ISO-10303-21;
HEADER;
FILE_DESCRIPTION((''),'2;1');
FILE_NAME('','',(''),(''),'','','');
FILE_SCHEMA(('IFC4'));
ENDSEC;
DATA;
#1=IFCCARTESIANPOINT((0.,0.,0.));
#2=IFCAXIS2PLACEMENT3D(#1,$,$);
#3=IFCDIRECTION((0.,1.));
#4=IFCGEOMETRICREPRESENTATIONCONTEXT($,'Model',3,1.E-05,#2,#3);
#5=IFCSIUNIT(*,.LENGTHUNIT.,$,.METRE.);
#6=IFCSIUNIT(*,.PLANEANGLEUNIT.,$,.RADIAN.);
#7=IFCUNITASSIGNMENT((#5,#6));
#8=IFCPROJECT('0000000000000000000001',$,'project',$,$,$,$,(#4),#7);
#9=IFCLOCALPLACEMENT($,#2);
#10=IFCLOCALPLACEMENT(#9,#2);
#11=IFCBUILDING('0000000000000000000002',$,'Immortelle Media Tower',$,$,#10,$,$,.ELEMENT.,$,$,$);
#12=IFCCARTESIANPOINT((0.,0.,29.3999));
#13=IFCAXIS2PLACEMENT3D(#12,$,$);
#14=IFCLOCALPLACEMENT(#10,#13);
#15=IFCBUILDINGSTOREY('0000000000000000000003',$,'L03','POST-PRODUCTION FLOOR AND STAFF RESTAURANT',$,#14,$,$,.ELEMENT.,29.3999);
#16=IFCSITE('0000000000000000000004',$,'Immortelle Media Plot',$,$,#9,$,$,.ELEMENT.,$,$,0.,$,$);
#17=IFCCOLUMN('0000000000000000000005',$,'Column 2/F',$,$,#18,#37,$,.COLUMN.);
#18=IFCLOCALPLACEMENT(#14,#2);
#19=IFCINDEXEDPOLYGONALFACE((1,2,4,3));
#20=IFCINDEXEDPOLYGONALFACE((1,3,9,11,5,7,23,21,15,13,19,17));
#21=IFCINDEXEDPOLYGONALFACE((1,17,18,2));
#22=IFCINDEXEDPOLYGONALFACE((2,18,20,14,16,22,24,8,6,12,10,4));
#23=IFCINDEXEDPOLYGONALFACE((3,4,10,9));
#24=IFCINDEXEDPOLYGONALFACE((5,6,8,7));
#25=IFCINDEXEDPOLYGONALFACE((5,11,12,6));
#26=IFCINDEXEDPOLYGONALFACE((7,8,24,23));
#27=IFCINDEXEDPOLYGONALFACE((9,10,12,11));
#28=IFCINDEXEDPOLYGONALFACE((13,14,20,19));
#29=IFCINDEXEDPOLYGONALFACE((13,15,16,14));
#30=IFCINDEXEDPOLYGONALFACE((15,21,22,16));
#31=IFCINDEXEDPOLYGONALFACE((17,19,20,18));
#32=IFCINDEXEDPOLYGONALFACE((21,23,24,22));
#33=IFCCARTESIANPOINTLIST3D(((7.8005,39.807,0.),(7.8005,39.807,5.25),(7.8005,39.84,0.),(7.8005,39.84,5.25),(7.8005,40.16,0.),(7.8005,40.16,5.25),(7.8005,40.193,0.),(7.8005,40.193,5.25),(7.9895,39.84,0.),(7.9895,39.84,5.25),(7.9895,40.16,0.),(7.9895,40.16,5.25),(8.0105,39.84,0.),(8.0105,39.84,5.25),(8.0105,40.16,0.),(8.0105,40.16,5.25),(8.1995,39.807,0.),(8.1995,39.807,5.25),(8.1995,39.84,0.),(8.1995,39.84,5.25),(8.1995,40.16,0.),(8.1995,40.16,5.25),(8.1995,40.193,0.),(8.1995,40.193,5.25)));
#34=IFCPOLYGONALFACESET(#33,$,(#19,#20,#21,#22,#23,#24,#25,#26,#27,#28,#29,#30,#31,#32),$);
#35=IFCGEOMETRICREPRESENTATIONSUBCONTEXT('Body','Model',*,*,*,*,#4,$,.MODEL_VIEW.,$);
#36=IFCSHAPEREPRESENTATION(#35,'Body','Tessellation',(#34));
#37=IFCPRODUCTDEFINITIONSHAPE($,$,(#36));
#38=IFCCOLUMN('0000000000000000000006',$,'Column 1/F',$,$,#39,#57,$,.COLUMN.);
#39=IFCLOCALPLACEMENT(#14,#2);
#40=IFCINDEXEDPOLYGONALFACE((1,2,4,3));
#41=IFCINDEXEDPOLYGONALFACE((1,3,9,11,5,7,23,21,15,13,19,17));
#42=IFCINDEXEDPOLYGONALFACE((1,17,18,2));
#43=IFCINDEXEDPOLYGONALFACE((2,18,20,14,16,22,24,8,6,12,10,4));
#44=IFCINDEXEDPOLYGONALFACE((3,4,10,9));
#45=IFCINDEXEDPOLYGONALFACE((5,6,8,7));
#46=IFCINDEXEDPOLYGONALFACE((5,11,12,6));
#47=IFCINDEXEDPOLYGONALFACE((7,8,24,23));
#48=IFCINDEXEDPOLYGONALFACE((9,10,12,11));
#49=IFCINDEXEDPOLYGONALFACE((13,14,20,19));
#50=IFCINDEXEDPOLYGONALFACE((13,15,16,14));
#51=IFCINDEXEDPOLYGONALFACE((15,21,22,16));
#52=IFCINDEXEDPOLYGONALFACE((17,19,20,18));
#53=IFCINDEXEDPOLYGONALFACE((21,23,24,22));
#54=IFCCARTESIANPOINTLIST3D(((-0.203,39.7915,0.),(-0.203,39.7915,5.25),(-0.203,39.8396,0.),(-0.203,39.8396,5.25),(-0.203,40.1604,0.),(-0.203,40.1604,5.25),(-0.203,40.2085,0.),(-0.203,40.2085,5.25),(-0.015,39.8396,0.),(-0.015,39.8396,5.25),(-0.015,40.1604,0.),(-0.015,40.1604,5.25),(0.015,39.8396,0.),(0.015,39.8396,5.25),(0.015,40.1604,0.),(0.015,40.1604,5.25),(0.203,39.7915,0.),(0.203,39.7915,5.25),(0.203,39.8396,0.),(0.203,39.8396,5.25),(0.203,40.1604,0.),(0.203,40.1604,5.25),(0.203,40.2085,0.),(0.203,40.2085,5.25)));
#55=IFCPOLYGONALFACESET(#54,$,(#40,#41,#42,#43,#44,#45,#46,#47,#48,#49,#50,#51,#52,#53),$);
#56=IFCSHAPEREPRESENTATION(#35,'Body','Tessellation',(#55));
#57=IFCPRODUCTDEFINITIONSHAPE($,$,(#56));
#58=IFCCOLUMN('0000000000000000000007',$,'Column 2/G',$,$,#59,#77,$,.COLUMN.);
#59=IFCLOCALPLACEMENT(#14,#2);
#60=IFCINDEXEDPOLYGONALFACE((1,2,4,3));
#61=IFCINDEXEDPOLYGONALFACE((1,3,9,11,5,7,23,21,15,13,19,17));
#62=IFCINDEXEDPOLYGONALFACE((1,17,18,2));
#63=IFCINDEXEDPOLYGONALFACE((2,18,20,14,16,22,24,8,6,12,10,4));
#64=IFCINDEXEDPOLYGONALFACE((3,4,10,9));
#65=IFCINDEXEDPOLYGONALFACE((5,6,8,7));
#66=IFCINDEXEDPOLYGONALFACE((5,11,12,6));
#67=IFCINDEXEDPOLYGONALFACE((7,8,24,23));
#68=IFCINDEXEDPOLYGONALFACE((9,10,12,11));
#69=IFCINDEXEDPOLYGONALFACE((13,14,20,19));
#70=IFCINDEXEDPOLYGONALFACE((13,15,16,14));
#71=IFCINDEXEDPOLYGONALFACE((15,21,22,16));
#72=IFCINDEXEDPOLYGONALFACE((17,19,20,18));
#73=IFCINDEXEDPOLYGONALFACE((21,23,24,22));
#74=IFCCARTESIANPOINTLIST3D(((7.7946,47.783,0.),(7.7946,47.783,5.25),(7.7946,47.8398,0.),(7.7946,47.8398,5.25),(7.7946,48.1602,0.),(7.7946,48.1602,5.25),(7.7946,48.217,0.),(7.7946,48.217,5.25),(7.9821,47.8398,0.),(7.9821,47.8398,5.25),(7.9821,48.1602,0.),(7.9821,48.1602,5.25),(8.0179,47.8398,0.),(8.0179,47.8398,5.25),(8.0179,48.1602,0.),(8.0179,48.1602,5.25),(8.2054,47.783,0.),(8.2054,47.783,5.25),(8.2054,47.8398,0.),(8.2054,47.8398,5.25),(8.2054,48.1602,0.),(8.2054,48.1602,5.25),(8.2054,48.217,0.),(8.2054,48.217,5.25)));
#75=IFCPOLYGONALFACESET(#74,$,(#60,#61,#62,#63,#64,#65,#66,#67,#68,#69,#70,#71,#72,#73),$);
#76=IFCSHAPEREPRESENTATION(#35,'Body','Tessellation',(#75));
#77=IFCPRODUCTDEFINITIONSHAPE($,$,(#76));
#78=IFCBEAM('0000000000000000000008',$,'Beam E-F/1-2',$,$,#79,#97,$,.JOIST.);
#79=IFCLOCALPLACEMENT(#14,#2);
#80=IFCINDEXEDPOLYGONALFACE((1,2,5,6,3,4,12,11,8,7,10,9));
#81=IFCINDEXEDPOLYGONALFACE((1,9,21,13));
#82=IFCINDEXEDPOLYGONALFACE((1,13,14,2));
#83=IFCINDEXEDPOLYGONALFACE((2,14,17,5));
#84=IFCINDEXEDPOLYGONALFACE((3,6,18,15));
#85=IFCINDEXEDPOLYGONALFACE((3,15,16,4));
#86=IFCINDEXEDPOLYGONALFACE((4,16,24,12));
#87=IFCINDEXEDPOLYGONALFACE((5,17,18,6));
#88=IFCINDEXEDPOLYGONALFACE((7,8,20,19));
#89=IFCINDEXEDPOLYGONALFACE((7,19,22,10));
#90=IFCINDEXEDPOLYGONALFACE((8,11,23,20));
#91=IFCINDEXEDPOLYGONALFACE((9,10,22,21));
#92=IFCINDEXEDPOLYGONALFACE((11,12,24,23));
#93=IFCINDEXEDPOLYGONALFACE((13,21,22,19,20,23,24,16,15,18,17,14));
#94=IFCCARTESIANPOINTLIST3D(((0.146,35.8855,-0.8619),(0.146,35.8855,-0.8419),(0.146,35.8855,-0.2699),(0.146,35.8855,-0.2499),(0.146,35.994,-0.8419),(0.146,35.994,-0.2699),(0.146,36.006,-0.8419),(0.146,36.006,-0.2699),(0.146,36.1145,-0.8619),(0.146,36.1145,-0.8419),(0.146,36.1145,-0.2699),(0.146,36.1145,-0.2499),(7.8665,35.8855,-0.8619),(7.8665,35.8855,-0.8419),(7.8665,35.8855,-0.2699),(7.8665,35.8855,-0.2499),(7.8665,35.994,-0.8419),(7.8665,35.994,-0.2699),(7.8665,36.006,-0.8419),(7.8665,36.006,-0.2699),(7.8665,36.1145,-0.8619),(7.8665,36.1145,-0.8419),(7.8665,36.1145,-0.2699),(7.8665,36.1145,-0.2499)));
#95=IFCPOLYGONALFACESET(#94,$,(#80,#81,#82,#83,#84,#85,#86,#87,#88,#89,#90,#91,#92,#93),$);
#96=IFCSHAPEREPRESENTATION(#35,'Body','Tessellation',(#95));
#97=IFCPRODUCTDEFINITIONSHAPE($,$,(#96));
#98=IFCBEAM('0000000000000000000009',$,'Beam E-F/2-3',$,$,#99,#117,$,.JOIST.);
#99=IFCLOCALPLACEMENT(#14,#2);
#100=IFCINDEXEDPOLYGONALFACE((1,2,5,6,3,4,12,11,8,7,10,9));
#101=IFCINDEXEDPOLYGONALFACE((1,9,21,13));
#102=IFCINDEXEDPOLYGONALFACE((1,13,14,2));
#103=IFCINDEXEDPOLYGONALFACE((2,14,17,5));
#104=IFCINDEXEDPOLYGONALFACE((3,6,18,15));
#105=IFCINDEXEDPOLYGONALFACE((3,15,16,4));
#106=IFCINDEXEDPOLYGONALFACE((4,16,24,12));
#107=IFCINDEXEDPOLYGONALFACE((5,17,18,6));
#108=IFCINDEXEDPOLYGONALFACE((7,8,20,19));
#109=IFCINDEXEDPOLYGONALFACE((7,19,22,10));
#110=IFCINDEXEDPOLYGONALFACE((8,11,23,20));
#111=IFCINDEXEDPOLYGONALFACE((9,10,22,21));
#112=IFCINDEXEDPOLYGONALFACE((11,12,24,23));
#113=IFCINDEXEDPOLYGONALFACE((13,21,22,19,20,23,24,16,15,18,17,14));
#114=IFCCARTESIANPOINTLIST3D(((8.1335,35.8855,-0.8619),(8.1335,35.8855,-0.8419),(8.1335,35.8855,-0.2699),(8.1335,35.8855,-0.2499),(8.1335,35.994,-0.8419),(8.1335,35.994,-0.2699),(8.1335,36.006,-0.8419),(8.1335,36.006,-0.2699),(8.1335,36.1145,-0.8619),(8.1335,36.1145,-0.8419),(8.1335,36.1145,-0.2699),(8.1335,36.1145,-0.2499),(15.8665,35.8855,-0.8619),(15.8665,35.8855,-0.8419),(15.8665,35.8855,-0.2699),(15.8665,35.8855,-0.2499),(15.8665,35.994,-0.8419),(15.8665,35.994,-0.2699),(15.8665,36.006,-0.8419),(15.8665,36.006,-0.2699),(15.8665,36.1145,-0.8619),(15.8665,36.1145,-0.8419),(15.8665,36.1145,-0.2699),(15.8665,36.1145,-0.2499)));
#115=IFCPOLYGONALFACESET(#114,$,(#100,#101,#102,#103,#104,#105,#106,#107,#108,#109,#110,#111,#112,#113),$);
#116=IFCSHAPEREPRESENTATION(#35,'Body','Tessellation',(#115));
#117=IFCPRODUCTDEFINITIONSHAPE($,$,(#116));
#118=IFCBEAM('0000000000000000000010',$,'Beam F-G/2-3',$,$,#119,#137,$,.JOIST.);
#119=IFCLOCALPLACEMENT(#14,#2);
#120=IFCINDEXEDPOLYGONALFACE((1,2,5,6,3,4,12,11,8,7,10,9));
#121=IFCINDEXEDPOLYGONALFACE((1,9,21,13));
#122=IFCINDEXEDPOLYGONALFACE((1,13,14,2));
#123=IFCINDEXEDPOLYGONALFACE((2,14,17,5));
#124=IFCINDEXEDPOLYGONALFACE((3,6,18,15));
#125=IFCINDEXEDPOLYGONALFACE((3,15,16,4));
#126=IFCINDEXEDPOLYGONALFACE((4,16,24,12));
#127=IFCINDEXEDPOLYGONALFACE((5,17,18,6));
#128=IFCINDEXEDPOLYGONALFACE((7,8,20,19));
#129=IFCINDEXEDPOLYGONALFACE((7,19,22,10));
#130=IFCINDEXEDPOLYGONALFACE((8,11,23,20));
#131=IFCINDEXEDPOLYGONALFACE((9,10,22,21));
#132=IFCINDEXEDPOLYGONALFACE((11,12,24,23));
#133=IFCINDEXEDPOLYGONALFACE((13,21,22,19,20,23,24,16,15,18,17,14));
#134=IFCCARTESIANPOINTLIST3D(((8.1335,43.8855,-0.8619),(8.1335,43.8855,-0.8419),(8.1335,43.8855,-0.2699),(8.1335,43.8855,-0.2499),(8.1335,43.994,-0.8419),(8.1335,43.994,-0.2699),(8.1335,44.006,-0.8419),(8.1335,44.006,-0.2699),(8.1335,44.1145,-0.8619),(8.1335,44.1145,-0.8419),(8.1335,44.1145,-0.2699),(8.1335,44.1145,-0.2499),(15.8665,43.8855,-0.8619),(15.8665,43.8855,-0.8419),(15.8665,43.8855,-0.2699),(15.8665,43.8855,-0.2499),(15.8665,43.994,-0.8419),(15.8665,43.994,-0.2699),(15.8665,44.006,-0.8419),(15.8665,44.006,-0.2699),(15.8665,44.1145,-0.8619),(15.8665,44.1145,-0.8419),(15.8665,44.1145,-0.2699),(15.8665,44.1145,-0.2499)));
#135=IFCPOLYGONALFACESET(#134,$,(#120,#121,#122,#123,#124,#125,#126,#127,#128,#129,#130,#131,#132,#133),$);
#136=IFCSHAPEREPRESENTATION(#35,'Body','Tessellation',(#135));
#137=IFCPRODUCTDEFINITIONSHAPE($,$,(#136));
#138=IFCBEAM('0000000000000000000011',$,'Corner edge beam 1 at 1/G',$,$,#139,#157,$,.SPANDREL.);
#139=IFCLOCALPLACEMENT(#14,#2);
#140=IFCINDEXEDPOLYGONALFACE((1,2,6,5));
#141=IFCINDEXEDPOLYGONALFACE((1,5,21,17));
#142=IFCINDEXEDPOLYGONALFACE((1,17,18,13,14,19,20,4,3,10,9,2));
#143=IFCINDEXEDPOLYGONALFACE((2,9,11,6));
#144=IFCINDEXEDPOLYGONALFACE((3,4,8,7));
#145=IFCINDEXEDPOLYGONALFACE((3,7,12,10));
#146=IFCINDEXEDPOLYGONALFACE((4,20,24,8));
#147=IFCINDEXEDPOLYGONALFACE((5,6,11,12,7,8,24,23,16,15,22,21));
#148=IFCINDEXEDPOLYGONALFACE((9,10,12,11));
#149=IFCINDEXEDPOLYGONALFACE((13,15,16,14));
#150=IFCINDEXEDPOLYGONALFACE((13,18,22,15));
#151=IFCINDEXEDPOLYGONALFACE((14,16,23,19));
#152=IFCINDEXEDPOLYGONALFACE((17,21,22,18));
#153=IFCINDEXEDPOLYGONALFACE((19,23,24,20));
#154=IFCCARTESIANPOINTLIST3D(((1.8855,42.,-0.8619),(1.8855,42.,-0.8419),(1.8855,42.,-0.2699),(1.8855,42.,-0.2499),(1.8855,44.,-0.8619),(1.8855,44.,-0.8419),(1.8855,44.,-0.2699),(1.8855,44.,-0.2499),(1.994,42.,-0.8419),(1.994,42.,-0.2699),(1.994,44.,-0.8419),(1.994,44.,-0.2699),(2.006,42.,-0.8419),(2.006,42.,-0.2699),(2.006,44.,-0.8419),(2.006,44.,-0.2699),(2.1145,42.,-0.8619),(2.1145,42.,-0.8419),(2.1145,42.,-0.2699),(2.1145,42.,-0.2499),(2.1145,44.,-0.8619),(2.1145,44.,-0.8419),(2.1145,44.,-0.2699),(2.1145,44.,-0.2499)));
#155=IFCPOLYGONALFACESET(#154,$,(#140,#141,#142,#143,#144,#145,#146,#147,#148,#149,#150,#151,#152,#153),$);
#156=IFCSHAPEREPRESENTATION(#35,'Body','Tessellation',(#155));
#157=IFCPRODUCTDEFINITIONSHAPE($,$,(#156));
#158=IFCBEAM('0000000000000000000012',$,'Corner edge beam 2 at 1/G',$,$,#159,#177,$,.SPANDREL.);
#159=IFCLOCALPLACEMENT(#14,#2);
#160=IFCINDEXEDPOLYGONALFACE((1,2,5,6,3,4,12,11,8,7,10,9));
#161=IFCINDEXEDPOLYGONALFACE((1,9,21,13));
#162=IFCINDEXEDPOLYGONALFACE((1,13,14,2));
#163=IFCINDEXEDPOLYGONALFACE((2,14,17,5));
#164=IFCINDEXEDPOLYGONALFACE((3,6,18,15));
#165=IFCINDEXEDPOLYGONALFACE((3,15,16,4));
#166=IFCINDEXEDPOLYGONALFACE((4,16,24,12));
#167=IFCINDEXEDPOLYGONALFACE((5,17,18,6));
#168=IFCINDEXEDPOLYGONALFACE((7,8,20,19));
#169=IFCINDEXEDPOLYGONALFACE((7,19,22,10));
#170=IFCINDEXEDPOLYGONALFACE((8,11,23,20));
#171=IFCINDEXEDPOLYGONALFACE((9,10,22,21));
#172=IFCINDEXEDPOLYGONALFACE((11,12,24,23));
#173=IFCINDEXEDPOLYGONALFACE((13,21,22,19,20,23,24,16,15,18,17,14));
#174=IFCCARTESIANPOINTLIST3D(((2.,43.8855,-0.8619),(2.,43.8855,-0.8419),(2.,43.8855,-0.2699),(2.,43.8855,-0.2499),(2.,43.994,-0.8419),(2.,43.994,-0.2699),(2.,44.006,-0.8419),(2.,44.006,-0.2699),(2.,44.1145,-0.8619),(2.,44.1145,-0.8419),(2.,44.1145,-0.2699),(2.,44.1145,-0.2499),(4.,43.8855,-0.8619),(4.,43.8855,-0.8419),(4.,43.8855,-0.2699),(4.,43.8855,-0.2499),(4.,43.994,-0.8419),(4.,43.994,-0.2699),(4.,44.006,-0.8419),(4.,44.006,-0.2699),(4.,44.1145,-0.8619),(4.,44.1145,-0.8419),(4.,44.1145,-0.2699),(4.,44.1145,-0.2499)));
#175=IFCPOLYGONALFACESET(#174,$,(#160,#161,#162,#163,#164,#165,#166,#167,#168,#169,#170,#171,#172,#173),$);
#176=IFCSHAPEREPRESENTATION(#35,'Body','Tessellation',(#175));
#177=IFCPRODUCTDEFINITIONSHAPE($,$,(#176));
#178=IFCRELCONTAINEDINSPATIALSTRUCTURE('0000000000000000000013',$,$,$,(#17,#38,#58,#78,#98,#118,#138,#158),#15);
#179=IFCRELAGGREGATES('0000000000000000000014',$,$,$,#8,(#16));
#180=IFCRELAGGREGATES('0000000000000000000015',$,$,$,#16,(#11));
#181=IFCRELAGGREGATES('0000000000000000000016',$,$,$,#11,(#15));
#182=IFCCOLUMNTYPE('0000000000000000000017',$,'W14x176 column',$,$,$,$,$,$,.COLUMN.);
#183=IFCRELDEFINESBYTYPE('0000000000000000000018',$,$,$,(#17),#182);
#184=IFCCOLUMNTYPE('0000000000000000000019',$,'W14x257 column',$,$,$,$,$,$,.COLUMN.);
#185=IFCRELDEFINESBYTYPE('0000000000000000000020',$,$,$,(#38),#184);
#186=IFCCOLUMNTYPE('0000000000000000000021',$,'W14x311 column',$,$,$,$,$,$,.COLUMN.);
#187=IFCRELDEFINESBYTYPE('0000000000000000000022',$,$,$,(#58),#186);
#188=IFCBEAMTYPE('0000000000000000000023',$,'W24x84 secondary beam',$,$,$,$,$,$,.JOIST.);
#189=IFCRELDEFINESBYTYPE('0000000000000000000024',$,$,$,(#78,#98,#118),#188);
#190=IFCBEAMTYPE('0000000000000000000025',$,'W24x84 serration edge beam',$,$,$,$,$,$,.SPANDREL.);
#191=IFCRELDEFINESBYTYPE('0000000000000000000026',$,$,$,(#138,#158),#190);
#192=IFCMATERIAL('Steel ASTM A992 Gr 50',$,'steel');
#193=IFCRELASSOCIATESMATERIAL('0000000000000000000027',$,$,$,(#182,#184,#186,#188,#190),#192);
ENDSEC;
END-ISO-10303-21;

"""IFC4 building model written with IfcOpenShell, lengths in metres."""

from ifc_helpers import new_model, si_unit, direction, frame, origin, origin_2d, place, context, subcontext, project, spatial, i_section, extrude, material, material_profile, profile_set, type_object, element, save


model = new_model("IFC4")

# Units and contexts
model_context = context("Model", 3, precision=1e-05, world=origin(), true_north=direction((0.0, 1.0)))
body_context = subcontext(model_context, "Body", "Model", "MODEL_VIEW")
ifc_project = project(units=[si_unit("LENGTHUNIT", "METRE"), si_unit("PLANEANGLEUNIT", "RADIAN")], contexts=[model_context])

# Site, building, storey
site_placement = place(None, origin())
site = spatial("IfcSite", under=ifc_project, at=site_placement, Name="Immortelle Media Plot", CompositionType="ELEMENT", RefElevation=0.0)
building_placement = place(site_placement, origin())
building = spatial("IfcBuilding", under=site, at=building_placement, Name="Immortelle Media Tower", CompositionType="ELEMENT")
storey_placement = place(building_placement, frame((0.0, 0.0, 29.3999)))
storey = spatial("IfcBuildingStorey", under=building, at=storey_placement, Name="L03", Description="POST-PRODUCTION FLOOR AND STAFF RESTAURANT", CompositionType="ELEMENT", Elevation=29.3999)

# Columns
ifc_material_1 = material(Name="Steel ASTM A992 Gr 50", Category="steel")
ifc_material_profile_1 = material_profile(ifc_material_1, i_section(OverallWidth=0.3989, OverallDepth=0.386, WebThickness=0.021, FlangeThickness=0.033, at=origin_2d()), Name="W14x176")
ifc_profile_set_1 = profile_set([ifc_material_profile_1], Name="Steel ASTM A992 Gr 50")
column_type_1 = type_object("IfcColumnType", Name="W14x176 column", PredefinedType="COLUMN", material=ifc_profile_set_1)
column_1_placement = place(storey_placement, frame((8.0, 40.0, 0.0), z_axis=(0.0, 0.0, 1.0), x_axis=(1.0, 0.0, 0.0)))
element("IfcColumn", 1, at=column_1_placement, inside=storey, type_object=column_type_1, Name="Column 2/F", PredefinedType="COLUMN", context=body_context, shape_type="SweptSolid", body=[
    extrude(i_section(OverallWidth=0.3989, OverallDepth=0.386, WebThickness=0.021, FlangeThickness=0.033, at=origin_2d()), origin(), (0.0, 0.0, 1.0), 5.25),
])
ifc_material_profile_2 = material_profile(ifc_material_1, i_section(OverallWidth=0.406, OverallDepth=0.417, WebThickness=0.03, FlangeThickness=0.0481, at=origin_2d()), Name="W14x257")
ifc_profile_set_2 = profile_set([ifc_material_profile_2], Name="Steel ASTM A992 Gr 50")
column_type_2 = type_object("IfcColumnType", Name="W14x257 column", PredefinedType="COLUMN", material=ifc_profile_set_2)
column_2_placement = place(storey_placement, frame((0.0, 40.0, 0.0), z_axis=(0.0, 0.0, 1.0), x_axis=(1.0, 0.0, 0.0)))
element("IfcColumn", 2, at=column_2_placement, inside=storey, type_object=column_type_2, Name="Column 1/F", PredefinedType="COLUMN", context=body_context, shape_type="SweptSolid", body=[
    extrude(i_section(OverallWidth=0.406, OverallDepth=0.417, WebThickness=0.03, FlangeThickness=0.0481, at=origin_2d()), origin(), (0.0, 0.0, 1.0), 5.25),
])
ifc_material_profile_3 = material_profile(ifc_material_1, i_section(OverallWidth=0.4109, OverallDepth=0.4341, WebThickness=0.0359, FlangeThickness=0.0569, at=origin_2d()), Name="W14x311")
ifc_profile_set_3 = profile_set([ifc_material_profile_3], Name="Steel ASTM A992 Gr 50")
column_type_3 = type_object("IfcColumnType", Name="W14x311 column", PredefinedType="COLUMN", material=ifc_profile_set_3)
column_3_placement = place(storey_placement, frame((8.0, 48.0, 0.0), z_axis=(0.0, 0.0, 1.0), x_axis=(1.0, 0.0, 0.0)))
element("IfcColumn", 3, at=column_3_placement, inside=storey, type_object=column_type_3, Name="Column 2/G", PredefinedType="COLUMN", context=body_context, shape_type="SweptSolid", body=[
    extrude(i_section(OverallWidth=0.4109, OverallDepth=0.4341, WebThickness=0.0359, FlangeThickness=0.0569, at=origin_2d()), origin(), (0.0, 0.0, 1.0), 5.25),
])

# Beams
ifc_material_profile_4 = material_profile(ifc_material_1, i_section(OverallWidth=0.229, OverallDepth=0.6121, WebThickness=0.012, FlangeThickness=0.02, at=origin_2d()), Name="W24x84")
ifc_profile_set_4 = profile_set([ifc_material_profile_4], Name="Steel ASTM A992 Gr 50")
beam_type_1 = type_object("IfcBeamType", Name="W24x84 secondary beam", PredefinedType="JOIST", material=ifc_profile_set_4)
beam_1_placement = place(storey_placement, frame((0.146, 36.0, -0.5559), z_axis=(1.0, 0.0, 0.0), x_axis=(0.0, 1.0, 0.0)))
element("IfcBeam", 4, at=beam_1_placement, inside=storey, type_object=beam_type_1, Name="Beam E-F/1-2", PredefinedType="JOIST", context=body_context, shape_type="SweptSolid", body=[
    extrude(i_section(OverallWidth=0.229, OverallDepth=0.6121, WebThickness=0.012, FlangeThickness=0.02, at=origin_2d()), origin(), (0.0, 0.0, 1.0), 7.7205),
])
for number, where, z_axis, x_axis, name in (
    (5, (8.1335, 36.0, -0.5559), (1.0, 0.0, 0.0), (0.0, 1.0, 0.0), "Beam E-F/2-3"),
    (6, (8.1335, 44.0, -0.5559), (1.0, 0.0, 0.0), (0.0, 1.0, 0.0), "Beam F-G/2-3"),
):
    element("IfcBeam", number, at=place(storey_placement, frame(where, z_axis=z_axis, x_axis=x_axis)), inside=storey, type_object=beam_type_1, Name=name, PredefinedType="JOIST", context=body_context, shape_type="SweptSolid", body=[
        extrude(i_section(OverallWidth=0.229, OverallDepth=0.6121, WebThickness=0.012, FlangeThickness=0.02, at=origin_2d()), origin(), (0.0, 0.0, 1.0), 7.7329),
    ])
ifc_material_profile_5 = material_profile(ifc_material_1, i_section(OverallWidth=0.229, OverallDepth=0.6121, WebThickness=0.012, FlangeThickness=0.02, at=origin_2d()), Name="W24x84")
ifc_profile_set_5 = profile_set([ifc_material_profile_5], Name="Steel ASTM A992 Gr 50")
beam_type_2 = type_object("IfcBeamType", Name="W24x84 serration edge beam", PredefinedType="SPANDREL", material=ifc_profile_set_5)
for number, where, z_axis, x_axis, name in (
    (7, (2.0, 42.0, -0.5559), (0.0, 1.0, 0.0), (-1.0, 0.0, 0.0), "Corner edge beam 1 at 1/G"),
    (8, (2.0, 44.0, -0.5559), (1.0, 0.0, 0.0), (0.0, 1.0, 0.0), "Corner edge beam 2 at 1/G"),
):
    element("IfcBeam", number, at=place(storey_placement, frame(where, z_axis=z_axis, x_axis=x_axis)), inside=storey, type_object=beam_type_2, Name=name, PredefinedType="SPANDREL", context=body_context, shape_type="SweptSolid", body=[
        extrude(i_section(OverallWidth=0.229, OverallDepth=0.6121, WebThickness=0.012, FlangeThickness=0.02, at=origin_2d()), origin(), (0.0, 0.0, 1.0), 2.0),
    ])

save(model, "model.ifc")
